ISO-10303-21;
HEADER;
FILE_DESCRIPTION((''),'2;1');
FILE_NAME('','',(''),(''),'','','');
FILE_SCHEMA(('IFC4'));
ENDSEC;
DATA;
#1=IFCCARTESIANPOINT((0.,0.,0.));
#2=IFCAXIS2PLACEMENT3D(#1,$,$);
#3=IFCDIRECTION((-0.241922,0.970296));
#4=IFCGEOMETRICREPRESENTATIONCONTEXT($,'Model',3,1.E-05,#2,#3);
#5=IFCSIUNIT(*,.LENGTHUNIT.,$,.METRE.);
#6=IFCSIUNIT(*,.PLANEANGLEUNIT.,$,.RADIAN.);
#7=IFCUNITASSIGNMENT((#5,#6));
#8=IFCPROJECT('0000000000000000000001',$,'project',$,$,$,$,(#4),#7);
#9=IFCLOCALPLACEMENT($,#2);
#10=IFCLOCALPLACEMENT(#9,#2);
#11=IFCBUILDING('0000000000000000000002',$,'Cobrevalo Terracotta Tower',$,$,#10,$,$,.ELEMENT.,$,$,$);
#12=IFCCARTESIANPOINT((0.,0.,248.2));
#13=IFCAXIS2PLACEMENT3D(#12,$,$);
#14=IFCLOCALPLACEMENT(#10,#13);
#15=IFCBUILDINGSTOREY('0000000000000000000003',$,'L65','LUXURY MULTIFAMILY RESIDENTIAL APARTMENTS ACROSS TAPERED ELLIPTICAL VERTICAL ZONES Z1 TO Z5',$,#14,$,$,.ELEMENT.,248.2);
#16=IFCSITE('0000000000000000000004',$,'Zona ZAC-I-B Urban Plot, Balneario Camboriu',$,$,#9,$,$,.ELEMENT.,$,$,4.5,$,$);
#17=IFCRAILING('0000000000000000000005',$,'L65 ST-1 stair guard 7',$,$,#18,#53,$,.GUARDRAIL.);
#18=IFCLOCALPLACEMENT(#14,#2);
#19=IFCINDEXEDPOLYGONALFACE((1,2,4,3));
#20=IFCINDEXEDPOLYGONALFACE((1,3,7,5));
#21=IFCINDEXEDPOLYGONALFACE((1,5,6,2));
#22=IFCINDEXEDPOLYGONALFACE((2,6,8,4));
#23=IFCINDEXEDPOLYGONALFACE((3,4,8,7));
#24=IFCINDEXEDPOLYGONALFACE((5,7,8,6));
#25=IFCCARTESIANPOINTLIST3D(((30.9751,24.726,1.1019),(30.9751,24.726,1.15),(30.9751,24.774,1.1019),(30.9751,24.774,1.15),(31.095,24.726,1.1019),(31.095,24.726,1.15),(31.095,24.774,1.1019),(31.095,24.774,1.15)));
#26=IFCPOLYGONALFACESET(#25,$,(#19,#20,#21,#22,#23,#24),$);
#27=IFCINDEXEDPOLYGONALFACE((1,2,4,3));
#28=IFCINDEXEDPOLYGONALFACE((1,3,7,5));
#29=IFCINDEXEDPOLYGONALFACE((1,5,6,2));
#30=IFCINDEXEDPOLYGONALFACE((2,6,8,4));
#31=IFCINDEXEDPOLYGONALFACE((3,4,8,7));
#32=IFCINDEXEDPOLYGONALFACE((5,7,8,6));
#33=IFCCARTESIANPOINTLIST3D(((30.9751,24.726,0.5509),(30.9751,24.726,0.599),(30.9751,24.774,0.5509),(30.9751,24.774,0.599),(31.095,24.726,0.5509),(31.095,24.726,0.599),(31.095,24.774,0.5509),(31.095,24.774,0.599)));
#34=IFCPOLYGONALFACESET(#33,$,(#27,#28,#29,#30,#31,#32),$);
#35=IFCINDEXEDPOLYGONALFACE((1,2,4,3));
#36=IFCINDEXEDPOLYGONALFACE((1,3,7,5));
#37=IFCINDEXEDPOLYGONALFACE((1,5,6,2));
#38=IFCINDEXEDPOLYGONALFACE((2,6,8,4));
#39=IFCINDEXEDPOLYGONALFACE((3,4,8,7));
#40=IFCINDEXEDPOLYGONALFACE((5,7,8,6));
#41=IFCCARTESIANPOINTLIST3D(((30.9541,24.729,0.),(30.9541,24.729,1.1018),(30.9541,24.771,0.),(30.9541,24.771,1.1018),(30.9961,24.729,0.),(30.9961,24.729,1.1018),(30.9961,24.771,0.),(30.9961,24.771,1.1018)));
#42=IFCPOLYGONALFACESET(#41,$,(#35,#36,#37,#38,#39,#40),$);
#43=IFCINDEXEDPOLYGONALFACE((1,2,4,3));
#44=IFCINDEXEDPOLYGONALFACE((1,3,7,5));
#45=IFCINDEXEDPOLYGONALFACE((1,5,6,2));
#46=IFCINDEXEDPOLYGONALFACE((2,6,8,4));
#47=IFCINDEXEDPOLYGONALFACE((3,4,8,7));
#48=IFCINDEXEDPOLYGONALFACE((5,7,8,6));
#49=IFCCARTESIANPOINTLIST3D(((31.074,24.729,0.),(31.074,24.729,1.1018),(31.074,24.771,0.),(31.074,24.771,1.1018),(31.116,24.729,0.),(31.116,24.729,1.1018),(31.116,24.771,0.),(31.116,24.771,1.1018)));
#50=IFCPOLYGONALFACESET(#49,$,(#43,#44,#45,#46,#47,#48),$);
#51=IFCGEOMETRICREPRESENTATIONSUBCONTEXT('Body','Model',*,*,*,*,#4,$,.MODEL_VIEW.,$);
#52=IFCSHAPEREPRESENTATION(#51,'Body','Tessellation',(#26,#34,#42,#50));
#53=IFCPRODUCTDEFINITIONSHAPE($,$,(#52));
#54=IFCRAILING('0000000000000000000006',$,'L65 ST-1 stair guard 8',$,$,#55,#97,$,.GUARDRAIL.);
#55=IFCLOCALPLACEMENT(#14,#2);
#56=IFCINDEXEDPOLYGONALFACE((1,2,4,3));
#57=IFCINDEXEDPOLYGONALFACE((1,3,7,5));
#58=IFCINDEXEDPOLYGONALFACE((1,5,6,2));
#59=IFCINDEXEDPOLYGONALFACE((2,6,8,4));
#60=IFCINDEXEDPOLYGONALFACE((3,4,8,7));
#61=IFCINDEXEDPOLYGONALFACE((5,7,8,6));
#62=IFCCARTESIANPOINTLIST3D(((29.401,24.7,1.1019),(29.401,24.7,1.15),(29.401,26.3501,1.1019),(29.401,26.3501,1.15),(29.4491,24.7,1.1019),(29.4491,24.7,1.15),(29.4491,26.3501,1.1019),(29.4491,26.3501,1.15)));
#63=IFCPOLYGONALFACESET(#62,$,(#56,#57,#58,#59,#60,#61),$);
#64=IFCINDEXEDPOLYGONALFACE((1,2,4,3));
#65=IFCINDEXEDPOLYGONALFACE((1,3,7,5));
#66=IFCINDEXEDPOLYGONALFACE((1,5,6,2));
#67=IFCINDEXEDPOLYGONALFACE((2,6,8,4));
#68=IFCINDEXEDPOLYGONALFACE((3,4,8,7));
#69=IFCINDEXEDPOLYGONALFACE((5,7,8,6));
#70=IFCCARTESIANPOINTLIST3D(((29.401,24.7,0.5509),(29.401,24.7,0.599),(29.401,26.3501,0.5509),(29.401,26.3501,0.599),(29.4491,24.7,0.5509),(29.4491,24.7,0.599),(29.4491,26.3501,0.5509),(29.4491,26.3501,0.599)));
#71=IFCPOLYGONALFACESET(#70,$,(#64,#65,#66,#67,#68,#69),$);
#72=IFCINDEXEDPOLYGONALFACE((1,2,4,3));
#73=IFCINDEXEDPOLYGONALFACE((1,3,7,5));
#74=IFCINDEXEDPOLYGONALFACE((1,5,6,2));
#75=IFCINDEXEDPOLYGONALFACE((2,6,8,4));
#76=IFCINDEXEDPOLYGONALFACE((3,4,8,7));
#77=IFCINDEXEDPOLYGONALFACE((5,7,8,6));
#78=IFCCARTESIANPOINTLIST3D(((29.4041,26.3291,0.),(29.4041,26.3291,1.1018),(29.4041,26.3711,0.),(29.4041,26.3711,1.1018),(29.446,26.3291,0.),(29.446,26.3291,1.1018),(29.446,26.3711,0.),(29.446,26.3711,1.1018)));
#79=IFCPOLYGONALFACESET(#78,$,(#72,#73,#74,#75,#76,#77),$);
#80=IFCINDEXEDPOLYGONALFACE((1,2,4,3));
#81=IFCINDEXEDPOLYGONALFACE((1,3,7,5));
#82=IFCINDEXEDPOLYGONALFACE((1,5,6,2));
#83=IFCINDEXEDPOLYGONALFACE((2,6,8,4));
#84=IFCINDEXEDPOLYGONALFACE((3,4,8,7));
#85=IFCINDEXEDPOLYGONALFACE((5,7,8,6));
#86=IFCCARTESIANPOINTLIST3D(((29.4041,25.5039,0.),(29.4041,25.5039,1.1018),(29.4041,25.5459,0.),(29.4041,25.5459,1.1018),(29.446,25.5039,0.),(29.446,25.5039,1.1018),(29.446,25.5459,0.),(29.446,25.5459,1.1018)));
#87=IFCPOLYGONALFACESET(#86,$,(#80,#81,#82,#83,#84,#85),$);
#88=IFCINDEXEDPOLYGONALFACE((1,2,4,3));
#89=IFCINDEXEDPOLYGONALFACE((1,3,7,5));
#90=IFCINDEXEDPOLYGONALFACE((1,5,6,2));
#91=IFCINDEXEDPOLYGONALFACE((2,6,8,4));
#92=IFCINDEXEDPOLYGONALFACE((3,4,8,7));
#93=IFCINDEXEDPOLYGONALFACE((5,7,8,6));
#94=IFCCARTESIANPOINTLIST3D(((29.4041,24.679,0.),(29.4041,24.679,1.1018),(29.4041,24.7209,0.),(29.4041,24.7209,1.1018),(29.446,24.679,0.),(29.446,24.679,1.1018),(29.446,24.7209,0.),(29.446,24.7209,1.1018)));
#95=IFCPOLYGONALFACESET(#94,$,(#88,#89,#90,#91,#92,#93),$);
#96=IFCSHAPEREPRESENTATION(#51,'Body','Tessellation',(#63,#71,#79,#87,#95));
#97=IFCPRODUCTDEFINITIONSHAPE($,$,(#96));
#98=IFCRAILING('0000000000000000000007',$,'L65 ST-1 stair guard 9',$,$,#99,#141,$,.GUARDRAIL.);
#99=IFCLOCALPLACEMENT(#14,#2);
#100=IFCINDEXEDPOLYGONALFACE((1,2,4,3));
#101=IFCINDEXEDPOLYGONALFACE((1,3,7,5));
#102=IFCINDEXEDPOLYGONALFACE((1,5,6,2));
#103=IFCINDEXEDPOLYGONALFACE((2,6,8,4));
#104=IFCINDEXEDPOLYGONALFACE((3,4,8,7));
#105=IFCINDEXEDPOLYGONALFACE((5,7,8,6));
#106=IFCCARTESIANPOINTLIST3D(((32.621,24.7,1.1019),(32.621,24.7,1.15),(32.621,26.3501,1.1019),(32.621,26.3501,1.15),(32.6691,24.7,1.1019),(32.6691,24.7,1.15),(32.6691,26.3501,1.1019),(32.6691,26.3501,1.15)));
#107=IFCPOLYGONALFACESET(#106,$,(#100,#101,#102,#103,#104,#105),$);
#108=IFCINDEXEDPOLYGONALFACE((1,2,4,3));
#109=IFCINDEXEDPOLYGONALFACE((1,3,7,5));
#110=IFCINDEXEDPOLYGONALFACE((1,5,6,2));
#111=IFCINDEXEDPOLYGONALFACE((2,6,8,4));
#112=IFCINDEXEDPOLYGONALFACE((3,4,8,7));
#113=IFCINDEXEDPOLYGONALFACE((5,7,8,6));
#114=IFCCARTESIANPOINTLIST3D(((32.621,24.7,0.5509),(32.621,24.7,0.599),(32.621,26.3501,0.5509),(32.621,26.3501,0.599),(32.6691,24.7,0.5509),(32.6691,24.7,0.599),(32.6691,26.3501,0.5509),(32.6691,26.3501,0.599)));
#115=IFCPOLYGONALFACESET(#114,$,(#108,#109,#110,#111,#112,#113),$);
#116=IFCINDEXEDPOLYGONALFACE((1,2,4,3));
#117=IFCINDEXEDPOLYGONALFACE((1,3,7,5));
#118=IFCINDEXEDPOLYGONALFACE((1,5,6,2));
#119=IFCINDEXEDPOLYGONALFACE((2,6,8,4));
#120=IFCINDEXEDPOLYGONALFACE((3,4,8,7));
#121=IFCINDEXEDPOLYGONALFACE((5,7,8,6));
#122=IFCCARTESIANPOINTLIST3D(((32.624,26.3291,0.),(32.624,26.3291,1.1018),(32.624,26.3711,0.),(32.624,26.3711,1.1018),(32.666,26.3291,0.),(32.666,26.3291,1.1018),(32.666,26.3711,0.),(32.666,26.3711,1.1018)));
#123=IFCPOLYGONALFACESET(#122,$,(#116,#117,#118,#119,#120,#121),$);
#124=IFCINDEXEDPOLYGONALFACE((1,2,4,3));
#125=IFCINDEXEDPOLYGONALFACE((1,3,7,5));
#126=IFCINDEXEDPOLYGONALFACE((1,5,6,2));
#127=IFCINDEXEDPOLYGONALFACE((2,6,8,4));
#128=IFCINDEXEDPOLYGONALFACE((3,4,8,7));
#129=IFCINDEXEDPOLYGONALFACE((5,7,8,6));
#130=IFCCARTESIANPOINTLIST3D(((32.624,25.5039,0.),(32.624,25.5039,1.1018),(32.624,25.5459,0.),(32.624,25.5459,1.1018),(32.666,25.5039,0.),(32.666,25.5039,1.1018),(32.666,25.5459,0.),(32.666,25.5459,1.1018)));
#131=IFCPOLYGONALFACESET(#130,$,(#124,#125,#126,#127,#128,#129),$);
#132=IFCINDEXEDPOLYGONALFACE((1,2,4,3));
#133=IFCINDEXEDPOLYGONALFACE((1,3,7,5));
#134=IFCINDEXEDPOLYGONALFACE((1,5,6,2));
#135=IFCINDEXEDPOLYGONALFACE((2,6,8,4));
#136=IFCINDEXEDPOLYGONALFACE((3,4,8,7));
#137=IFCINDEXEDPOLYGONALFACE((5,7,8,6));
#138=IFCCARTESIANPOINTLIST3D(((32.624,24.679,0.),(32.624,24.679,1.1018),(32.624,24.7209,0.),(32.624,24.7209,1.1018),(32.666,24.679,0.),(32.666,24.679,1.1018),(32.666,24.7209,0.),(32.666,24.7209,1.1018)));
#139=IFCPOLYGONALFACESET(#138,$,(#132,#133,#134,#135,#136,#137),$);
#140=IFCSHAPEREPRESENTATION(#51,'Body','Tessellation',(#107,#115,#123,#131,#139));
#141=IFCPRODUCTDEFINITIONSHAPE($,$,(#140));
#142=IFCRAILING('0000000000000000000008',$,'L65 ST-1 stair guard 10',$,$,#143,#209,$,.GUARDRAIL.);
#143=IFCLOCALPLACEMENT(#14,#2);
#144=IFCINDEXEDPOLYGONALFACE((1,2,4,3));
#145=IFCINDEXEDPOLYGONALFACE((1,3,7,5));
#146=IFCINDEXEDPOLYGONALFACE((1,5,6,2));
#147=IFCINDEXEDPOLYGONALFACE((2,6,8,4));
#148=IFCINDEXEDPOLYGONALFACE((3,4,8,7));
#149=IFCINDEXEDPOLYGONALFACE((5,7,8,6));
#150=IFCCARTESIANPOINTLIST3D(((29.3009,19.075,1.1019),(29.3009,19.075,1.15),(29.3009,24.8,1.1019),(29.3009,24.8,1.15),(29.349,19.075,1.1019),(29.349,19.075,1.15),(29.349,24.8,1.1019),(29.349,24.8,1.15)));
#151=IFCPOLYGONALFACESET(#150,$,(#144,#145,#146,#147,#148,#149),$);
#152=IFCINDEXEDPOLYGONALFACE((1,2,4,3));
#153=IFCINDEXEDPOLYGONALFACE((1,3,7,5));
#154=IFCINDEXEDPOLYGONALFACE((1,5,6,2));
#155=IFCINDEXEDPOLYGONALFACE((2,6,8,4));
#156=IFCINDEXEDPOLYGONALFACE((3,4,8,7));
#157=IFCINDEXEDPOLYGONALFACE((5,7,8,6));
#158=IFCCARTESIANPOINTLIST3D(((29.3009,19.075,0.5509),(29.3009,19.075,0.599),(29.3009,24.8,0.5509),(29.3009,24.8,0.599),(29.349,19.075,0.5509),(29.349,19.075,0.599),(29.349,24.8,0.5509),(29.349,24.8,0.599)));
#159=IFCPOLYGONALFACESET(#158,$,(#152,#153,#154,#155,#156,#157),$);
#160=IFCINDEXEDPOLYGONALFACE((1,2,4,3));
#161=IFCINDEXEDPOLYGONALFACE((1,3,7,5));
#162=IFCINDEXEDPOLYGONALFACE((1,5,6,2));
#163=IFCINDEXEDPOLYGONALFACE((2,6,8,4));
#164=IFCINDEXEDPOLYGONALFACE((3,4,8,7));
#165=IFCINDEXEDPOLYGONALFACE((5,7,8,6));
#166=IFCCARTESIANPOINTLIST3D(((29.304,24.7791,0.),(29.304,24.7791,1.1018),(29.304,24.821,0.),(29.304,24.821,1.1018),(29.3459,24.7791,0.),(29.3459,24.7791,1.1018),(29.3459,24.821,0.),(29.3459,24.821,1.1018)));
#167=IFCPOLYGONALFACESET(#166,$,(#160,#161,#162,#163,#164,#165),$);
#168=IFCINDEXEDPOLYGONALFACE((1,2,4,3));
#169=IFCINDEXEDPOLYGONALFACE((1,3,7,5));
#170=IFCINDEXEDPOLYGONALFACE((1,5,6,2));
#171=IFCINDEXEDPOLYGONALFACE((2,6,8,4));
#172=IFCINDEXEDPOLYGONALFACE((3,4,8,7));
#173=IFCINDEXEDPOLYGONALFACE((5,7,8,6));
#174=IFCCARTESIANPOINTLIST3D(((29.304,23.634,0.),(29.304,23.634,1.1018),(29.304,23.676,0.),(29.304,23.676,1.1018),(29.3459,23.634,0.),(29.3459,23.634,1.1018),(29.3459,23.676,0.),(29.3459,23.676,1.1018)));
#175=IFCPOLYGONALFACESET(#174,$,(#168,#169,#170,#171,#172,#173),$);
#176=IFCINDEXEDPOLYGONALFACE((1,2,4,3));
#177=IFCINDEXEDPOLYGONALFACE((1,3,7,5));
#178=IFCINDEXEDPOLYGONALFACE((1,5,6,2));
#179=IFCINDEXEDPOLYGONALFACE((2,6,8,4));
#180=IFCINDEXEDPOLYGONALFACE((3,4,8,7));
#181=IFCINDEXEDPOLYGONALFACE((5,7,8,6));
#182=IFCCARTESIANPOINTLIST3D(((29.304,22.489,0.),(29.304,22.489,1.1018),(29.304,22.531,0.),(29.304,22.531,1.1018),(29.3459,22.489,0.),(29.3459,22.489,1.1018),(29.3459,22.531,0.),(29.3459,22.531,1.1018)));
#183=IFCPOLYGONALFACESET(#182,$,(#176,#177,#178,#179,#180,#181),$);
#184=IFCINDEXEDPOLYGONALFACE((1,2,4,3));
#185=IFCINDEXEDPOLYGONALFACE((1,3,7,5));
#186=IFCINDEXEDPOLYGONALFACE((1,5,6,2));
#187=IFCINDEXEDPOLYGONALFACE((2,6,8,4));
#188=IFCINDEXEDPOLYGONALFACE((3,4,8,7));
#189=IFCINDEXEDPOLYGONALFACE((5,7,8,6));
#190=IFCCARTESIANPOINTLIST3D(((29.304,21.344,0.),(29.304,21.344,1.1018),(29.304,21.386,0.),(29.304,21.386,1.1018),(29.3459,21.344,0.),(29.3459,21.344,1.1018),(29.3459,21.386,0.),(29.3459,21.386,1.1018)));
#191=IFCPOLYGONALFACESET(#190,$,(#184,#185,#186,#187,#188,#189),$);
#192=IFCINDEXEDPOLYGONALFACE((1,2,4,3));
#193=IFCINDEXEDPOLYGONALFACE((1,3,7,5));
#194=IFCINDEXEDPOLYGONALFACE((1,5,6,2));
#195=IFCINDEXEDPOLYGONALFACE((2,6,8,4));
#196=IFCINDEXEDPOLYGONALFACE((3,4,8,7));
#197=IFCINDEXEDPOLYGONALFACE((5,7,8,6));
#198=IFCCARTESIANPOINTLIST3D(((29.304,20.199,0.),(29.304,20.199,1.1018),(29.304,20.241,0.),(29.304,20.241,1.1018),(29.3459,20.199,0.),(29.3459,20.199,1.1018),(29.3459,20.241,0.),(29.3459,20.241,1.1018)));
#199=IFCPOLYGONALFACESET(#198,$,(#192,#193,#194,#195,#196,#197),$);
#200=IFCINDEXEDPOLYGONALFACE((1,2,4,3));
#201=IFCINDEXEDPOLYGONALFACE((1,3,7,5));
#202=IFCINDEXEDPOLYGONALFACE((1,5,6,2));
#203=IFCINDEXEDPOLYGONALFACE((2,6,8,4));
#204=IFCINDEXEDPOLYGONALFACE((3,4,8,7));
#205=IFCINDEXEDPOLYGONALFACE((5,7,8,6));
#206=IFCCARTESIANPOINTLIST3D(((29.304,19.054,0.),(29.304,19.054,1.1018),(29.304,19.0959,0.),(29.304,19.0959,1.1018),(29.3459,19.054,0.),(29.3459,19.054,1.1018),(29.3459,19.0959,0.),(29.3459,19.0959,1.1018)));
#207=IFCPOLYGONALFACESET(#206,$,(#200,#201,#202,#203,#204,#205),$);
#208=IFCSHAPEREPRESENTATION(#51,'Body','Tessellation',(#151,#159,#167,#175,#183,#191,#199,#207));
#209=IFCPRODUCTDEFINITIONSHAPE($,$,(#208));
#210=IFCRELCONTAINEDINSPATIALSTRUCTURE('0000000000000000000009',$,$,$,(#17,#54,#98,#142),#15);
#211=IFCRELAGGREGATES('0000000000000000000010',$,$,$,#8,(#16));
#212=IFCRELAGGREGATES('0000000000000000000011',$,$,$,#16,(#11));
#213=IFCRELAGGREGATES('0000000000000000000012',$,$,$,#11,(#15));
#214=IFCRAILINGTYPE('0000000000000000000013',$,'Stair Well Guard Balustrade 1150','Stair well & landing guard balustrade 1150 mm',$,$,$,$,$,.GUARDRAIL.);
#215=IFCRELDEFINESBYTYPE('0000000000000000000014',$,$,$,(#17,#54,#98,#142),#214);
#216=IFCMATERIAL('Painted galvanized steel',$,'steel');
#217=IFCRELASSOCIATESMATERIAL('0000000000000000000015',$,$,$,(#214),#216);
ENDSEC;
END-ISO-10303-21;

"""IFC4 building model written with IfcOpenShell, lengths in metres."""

from ifc_helpers import new_model, si_unit, direction, frame, origin, origin_2d, place, context, subcontext, project, spatial, rectangle, extrude, material, type_object, element, save


model = new_model("IFC4")

# Units and contexts
model_context = context("Model", 3, precision=1e-05, world=origin(), true_north=direction((-0.241922, 0.970296)))
body_context = subcontext(model_context, "Body", "Model", "MODEL_VIEW")
ifc_project = project(units=[si_unit("LENGTHUNIT", "METRE"), si_unit("PLANEANGLEUNIT", "RADIAN")], contexts=[model_context])

# Site, building, storey
site_placement = place(None, origin())
site = spatial("IfcSite", under=ifc_project, at=site_placement, Name="Zona ZAC-I-B Urban Plot, Balneario Camboriu", CompositionType="ELEMENT", RefElevation=4.5)
building_placement = place(site_placement, origin())
building = spatial("IfcBuilding", under=site, at=building_placement, Name="Cobrevalo Terracotta Tower", CompositionType="ELEMENT")
storey_placement = place(building_placement, frame((0.0, 0.0, 248.2)))
storey = spatial("IfcBuildingStorey", under=building, at=storey_placement, Name="L65", Description="LUXURY MULTIFAMILY RESIDENTIAL APARTMENTS ACROSS TAPERED ELLIPTICAL VERTICAL ZONES Z1 TO Z5", CompositionType="ELEMENT", Elevation=248.2)

# Railings
ifc_material_1 = material(Name="Painted galvanized steel", Category="steel")
railing_type_1 = type_object("IfcRailingType", Name="Stair Well Guard Balustrade 1150", Description="Stair well & landing guard balustrade 1150 mm", PredefinedType="GUARDRAIL", material=ifc_material_1)
railing_1_placement = place(storey_placement, frame((30.9751, 24.75, 0.0)))
element("IfcRailing", 1, at=railing_1_placement, inside=storey, type_object=railing_type_1, Name="L65 ST-1 stair guard 7", PredefinedType="GUARDRAIL", context=body_context, shape_type="SweptSolid", body=[
    extrude(rectangle(XDim=0.0481, YDim=0.0481, at=origin_2d()), frame((0.0, 0.0, 1.126), z_axis=(1.0, 0.0, 0.0), x_axis=(0.0, 1.0, 0.0)), (0.0, 0.0, 1.0), 0.1199),
    extrude(rectangle(XDim=0.0481, YDim=0.0481, at=origin_2d()), frame((0.0, 0.0, 0.575), z_axis=(1.0, 0.0, 0.0), x_axis=(0.0, 1.0, 0.0)), (0.0, 0.0, 1.0), 0.1199),
    extrude(rectangle(XDim=0.042, YDim=0.042, at=origin_2d()), origin(), (0.0, 0.0, 1.0), 1.1018),
    extrude(rectangle(XDim=0.042, YDim=0.042, at=origin_2d()), frame((0.1199, 0.0, 0.0)), (0.0, 0.0, 1.0), 1.1018),
])
for number, where, name in (
    (2, (29.425, 26.3501, 0.0), "L65 ST-1 stair guard 8"),
    (3, (32.645, 26.3501, 0.0), "L65 ST-1 stair guard 9"),
):
    element("IfcRailing", number, at=place(storey_placement, frame(where)), inside=storey, type_object=railing_type_1, Name=name, PredefinedType="GUARDRAIL", context=body_context, shape_type="SweptSolid", body=[
        extrude(rectangle(XDim=0.0481, YDim=0.0481, at=origin_2d()), frame((0.0, 0.0, 1.126), z_axis=(0.0, -1.0, 0.0), x_axis=(1.0, 0.0, 0.0)), (0.0, 0.0, 1.0), 1.6501),
        extrude(rectangle(XDim=0.0481, YDim=0.0481, at=origin_2d()), frame((0.0, 0.0, 0.575), z_axis=(0.0, -1.0, 0.0), x_axis=(1.0, 0.0, 0.0)), (0.0, 0.0, 1.0), 1.6501),
        extrude(rectangle(XDim=0.042, YDim=0.042, at=origin_2d()), origin(), (0.0, 0.0, 1.0), 1.1018),
        extrude(rectangle(XDim=0.042, YDim=0.042, at=origin_2d()), frame((0.0, -0.8252, 0.0)), (0.0, 0.0, 1.0), 1.1018),
        extrude(rectangle(XDim=0.042, YDim=0.042, at=origin_2d()), frame((0.0, -1.6501, 0.0)), (0.0, 0.0, 1.0), 1.1018),
    ])
for number, where, name in (
    (4, (29.325, 24.8, 0.0), "L65 ST-1 stair guard 10"),
):
    element("IfcRailing", number, at=place(storey_placement, frame(where)), inside=storey, type_object=railing_type_1, Name=name, PredefinedType="GUARDRAIL", context=body_context, shape_type="SweptSolid", body=[
        extrude(rectangle(XDim=0.0481, YDim=0.0481, at=origin_2d()), frame((0.0, 0.0, 1.126), z_axis=(0.0, -1.0, 0.0), x_axis=(1.0, 0.0, 0.0)), (0.0, 0.0, 1.0), 5.7251),
        extrude(rectangle(XDim=0.0481, YDim=0.0481, at=origin_2d()), frame((0.0, 0.0, 0.575), z_axis=(0.0, -1.0, 0.0), x_axis=(1.0, 0.0, 0.0)), (0.0, 0.0, 1.0), 5.7251),
        extrude(rectangle(XDim=0.042, YDim=0.042, at=origin_2d()), origin(), (0.0, 0.0, 1.0), 1.1018),
        extrude(rectangle(XDim=0.042, YDim=0.042, at=origin_2d()), frame((0.0, -1.145, 0.0)), (0.0, 0.0, 1.0), 1.1018),
        extrude(rectangle(XDim=0.042, YDim=0.042, at=origin_2d()), frame((0.0, -2.29, 0.0)), (0.0, 0.0, 1.0), 1.1018),
        extrude(rectangle(XDim=0.042, YDim=0.042, at=origin_2d()), frame((0.0, -3.4351, 0.0)), (0.0, 0.0, 1.0), 1.1018),
        extrude(rectangle(XDim=0.042, YDim=0.042, at=origin_2d()), frame((0.0, -4.5801, 0.0)), (0.0, 0.0, 1.0), 1.1018),
        extrude(rectangle(XDim=0.042, YDim=0.042, at=origin_2d()), frame((0.0, -5.7251, 0.0)), (0.0, 0.0, 1.0), 1.1018),
    ])

save(model, "model.ifc")
